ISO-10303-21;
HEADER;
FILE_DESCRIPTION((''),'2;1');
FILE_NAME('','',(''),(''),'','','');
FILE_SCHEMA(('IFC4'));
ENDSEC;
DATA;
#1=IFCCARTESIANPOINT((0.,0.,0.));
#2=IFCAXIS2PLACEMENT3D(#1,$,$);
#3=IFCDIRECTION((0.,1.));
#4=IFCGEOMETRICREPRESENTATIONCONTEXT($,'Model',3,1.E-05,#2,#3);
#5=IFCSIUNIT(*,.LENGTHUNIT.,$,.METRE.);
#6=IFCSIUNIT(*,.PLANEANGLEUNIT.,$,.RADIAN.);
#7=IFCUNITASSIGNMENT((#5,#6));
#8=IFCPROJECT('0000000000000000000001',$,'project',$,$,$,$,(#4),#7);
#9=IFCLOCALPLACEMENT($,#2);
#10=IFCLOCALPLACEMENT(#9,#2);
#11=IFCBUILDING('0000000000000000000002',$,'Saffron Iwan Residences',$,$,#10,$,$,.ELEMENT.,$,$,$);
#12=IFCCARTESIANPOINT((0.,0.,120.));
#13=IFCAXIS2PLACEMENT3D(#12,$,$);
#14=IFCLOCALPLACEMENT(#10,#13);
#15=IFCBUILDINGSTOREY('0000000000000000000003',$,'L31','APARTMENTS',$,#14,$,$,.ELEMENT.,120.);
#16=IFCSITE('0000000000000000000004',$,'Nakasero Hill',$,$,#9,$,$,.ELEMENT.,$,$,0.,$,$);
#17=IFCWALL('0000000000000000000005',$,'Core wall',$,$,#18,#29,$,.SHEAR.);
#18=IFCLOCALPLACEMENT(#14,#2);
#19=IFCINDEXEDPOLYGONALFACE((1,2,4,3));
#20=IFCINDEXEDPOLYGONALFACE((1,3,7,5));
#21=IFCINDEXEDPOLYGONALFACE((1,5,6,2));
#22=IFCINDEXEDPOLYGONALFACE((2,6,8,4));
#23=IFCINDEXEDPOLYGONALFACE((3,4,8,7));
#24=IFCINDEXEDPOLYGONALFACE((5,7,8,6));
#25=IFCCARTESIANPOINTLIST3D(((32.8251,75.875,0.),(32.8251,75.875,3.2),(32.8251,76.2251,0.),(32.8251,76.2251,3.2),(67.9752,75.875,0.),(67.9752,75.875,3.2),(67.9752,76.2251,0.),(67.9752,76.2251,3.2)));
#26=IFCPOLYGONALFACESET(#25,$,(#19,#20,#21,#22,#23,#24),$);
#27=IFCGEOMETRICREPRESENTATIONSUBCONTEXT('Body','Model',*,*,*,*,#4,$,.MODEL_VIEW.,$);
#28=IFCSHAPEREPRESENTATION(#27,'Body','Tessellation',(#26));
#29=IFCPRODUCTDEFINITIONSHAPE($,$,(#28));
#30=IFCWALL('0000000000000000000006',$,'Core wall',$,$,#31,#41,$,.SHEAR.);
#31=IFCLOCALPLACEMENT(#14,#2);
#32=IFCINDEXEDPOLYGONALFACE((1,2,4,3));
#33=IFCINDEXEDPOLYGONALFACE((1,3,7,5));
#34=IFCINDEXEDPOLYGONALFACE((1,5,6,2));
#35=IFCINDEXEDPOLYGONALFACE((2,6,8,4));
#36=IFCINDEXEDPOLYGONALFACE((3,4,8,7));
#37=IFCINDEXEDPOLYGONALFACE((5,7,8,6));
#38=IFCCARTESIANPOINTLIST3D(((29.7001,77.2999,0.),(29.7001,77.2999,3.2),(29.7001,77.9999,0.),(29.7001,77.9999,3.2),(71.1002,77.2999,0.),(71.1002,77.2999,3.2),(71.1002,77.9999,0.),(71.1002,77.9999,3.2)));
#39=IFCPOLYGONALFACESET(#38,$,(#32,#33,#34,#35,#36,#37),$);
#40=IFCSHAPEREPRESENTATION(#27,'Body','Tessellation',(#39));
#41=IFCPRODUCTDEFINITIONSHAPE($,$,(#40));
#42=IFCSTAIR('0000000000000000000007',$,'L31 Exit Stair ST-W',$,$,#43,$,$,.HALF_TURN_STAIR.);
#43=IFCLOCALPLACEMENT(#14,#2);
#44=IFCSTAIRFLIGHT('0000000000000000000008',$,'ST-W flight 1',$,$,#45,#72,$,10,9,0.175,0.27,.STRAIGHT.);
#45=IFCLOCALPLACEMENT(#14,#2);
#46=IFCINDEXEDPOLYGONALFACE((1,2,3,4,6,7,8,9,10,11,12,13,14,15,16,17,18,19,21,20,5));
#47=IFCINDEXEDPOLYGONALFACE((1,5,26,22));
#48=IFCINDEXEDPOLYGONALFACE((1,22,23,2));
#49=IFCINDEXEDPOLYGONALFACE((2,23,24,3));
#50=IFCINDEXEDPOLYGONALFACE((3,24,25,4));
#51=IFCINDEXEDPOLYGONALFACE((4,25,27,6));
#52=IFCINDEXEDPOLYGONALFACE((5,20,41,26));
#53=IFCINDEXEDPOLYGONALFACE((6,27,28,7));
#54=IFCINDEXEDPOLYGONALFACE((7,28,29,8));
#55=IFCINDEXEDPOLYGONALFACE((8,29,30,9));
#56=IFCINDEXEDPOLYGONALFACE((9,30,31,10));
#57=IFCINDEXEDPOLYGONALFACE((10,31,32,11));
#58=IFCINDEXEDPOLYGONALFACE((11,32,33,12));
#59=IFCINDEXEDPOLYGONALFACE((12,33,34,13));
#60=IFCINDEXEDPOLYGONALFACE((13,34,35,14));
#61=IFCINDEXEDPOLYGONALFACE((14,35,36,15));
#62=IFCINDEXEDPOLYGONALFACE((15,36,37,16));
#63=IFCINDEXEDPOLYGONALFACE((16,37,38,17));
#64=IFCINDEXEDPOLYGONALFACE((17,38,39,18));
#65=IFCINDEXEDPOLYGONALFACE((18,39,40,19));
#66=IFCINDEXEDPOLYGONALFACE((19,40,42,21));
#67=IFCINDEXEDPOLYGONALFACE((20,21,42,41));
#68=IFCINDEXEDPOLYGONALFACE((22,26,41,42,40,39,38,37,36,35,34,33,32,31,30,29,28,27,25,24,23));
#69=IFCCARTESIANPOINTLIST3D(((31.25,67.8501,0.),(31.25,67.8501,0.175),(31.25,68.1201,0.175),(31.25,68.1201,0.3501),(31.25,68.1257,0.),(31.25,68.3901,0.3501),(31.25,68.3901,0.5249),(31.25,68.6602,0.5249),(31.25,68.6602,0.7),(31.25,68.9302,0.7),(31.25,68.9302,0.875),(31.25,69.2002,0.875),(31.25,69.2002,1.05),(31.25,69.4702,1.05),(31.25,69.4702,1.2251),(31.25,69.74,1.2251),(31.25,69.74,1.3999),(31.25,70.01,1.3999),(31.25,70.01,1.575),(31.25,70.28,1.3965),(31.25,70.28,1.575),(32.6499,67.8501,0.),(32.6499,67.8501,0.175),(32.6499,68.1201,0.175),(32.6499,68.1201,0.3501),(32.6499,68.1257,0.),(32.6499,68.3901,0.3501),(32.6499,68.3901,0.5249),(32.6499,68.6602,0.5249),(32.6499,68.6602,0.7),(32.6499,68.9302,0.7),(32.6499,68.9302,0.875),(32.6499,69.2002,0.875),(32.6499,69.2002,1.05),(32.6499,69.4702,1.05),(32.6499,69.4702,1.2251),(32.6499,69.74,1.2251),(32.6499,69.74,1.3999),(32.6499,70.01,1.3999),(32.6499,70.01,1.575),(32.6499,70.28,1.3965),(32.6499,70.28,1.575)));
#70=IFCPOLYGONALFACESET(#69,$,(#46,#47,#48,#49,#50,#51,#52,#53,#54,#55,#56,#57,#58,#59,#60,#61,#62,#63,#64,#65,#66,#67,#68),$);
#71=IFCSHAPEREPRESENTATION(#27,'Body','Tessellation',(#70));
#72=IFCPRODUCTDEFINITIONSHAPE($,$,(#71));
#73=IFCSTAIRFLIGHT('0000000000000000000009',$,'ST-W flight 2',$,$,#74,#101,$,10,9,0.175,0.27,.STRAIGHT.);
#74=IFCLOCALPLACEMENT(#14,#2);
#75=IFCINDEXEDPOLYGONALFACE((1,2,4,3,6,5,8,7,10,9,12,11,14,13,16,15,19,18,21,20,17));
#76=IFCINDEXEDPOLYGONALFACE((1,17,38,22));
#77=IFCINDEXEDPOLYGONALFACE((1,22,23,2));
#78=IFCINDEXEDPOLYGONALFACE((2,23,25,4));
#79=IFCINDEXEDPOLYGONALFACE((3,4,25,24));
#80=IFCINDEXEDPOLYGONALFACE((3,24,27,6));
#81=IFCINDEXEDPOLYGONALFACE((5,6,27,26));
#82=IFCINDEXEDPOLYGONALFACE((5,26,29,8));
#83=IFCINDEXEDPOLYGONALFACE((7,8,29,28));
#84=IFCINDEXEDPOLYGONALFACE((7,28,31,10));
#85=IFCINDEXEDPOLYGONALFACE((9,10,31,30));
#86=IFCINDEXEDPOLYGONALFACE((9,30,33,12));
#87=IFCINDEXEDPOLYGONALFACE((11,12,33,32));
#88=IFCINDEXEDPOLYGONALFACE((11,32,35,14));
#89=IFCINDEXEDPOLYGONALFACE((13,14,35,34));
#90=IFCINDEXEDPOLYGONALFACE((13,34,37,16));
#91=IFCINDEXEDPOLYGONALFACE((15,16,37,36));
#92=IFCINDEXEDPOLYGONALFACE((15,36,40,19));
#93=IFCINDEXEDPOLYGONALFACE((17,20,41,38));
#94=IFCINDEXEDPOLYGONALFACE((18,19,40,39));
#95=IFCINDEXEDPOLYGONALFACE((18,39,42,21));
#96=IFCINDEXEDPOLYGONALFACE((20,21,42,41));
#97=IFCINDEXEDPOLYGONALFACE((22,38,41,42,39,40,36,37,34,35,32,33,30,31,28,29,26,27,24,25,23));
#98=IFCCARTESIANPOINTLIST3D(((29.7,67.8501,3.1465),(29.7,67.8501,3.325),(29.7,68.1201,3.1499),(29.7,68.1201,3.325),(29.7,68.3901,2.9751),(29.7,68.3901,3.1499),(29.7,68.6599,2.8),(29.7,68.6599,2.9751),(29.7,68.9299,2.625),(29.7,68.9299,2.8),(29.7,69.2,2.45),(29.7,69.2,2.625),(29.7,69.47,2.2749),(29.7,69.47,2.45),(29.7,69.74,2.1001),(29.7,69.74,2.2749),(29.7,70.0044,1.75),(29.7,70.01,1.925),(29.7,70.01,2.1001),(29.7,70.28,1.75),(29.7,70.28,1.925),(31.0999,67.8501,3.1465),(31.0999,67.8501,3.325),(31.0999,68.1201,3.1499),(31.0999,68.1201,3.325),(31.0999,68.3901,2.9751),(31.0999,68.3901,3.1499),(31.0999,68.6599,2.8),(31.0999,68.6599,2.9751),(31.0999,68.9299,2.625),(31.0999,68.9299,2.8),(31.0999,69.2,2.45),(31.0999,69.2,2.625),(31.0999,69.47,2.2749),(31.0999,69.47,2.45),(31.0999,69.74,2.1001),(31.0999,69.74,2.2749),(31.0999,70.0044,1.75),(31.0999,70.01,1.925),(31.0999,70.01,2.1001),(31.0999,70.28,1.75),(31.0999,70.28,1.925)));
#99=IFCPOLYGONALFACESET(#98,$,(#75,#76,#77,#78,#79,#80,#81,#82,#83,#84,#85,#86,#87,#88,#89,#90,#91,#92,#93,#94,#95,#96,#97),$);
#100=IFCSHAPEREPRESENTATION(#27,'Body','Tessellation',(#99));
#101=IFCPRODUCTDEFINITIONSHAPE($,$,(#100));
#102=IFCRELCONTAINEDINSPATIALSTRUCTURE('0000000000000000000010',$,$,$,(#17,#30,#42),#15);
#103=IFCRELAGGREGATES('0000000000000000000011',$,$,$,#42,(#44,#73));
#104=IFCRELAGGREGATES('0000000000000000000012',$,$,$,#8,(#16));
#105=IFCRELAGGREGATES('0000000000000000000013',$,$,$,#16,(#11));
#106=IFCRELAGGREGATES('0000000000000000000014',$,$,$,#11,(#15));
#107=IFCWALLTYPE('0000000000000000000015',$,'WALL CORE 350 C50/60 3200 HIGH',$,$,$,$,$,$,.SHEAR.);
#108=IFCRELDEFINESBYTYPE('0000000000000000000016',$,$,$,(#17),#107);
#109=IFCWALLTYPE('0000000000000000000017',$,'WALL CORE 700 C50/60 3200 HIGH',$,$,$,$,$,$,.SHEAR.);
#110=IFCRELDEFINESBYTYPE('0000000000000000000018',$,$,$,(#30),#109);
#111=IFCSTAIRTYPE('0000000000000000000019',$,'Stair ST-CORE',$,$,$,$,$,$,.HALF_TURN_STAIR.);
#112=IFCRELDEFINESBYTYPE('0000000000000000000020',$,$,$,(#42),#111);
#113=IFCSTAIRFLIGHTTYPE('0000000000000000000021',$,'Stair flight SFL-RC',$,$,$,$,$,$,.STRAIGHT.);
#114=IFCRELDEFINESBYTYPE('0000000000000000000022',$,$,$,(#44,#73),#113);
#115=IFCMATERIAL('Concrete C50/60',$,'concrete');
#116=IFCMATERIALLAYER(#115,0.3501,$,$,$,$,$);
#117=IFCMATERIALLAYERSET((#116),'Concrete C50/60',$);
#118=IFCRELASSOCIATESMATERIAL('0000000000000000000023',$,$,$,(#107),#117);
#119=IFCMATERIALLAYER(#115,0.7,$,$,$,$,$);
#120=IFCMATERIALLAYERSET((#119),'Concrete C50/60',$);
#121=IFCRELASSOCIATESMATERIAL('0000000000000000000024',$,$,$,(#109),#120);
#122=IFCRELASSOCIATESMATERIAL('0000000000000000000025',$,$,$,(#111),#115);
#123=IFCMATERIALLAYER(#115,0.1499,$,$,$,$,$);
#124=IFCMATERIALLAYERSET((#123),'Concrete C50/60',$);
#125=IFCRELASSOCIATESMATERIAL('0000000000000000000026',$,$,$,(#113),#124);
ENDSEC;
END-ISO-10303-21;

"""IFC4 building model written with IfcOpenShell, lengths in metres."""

from ifc_helpers import new_model, si_unit, direction, frame, frame_2d, origin, place, context, subcontext, project, spatial, polyline, rectangle, outline, extrude, material, layer, layer_set, type_object, element, aggregate, save


model = new_model("IFC4")

# Units and contexts
model_context = context("Model", 3, precision=1e-05, world=origin(), true_north=direction((0.0, 1.0)))
body_context = subcontext(model_context, "Body", "Model", "MODEL_VIEW")
ifc_project = project(units=[si_unit("LENGTHUNIT", "METRE"), si_unit("PLANEANGLEUNIT", "RADIAN")], contexts=[model_context])

# Site, building, storey
site_placement = place(None, origin())
site = spatial("IfcSite", under=ifc_project, at=site_placement, Name="Nakasero Hill", CompositionType="ELEMENT", RefElevation=0.0)
building_placement = place(site_placement, origin())
building = spatial("IfcBuilding", under=site, at=building_placement, Name="Saffron Iwan Residences", CompositionType="ELEMENT")
storey_placement = place(building_placement, frame((0.0, 0.0, 120.0)))
storey = spatial("IfcBuildingStorey", under=building, at=storey_placement, Name="L31", Description="APARTMENTS", CompositionType="ELEMENT", Elevation=120.0)

# Shared definitions
ifc_material_1 = material(Name="Concrete C50/60", Category="concrete")
ifc_layer_1 = layer(ifc_material_1, 0.3501)
ifc_layer_set_1 = layer_set([ifc_layer_1], Name="Concrete C50/60")
wall_type_1 = type_object("IfcWallType", Name="WALL CORE 350 C50/60 3200 HIGH", PredefinedType="SHEAR", material=ifc_layer_set_1)

# Walls
wall_1_placement = place(storey_placement, frame((32.825, 76.05, 0.0), z_axis=(0.0, 0.0, 1.0), x_axis=(1.0, 0.0, 0.0)))
element("IfcWall", 1, at=wall_1_placement, inside=storey, type_object=wall_type_1, Name="Core wall", PredefinedType="SHEAR", context=body_context, shape_type="SweptSolid", body=[
    extrude(rectangle(XDim=35.1501, YDim=0.3501, at=frame_2d((17.5752, 0.0))), origin(), (0.0, 0.0, 1.0), 3.2),
])
ifc_layer_2 = layer(ifc_material_1, 0.7)
ifc_layer_set_2 = layer_set([ifc_layer_2], Name="Concrete C50/60")
wall_type_2 = type_object("IfcWallType", Name="WALL CORE 700 C50/60 3200 HIGH", PredefinedType="SHEAR", material=ifc_layer_set_2)
wall_2_placement = place(storey_placement, frame((29.7, 77.6499, 0.0), z_axis=(0.0, 0.0, 1.0), x_axis=(1.0, 0.0, 0.0)))
element("IfcWall", 2, at=wall_2_placement, inside=storey, type_object=wall_type_2, Name="Core wall", PredefinedType="SHEAR", context=body_context, shape_type="SweptSolid", body=[
    extrude(rectangle(XDim=41.4001, YDim=0.7, at=frame_2d((20.7002, 0.0))), origin(), (0.0, 0.0, 1.0), 3.2),
])

# Stair, stair flights
stair_type = type_object("IfcStairType", Name="Stair ST-CORE", PredefinedType="HALF_TURN_STAIR", material=ifc_material_1)
stair_placement = place(storey_placement, origin())
stair = element("IfcStair", 3, at=stair_placement, inside=storey, type_object=stair_type, Name="L31 Exit Stair ST-W", PredefinedType="HALF_TURN_STAIR")
ifc_layer_3 = layer(ifc_material_1, 0.1499)
ifc_layer_set_3 = layer_set([ifc_layer_3], Name="Concrete C50/60")
stair_flight_type = type_object("IfcStairFlightType", Name="Stair flight SFL-RC", PredefinedType="STRAIGHT", material=ifc_layer_set_3)
stair_flight_1_placement = place(storey_placement, frame((31.95, 67.8501, 0.0), z_axis=(0.0, 0.0, 1.0), x_axis=(0.0, 1.0, 0.0)))
stair_flight_1 = element("IfcStairFlight", 4, at=stair_flight_1_placement, type_object=stair_flight_type, Name="ST-W flight 1", NumberOfRisers=10, NumberOfTreads=9, PredefinedType="STRAIGHT", RiserHeight=0.175, TreadLength=0.27, context=body_context, shape_type="SweptSolid", body=[
    extrude(outline(polyline([(0.0, 0.0), (0.0, 0.175), (0.27, 0.175), (0.27, 0.3501), (0.54, 0.3501), (0.54, 0.5249), (0.8101, 0.5249), (0.8101, 0.7), (1.0801, 0.7), (1.0801, 0.875), (1.3501, 0.875), (1.3501, 1.05), (1.6201, 1.05), (1.6201, 1.2251), (1.8899, 1.2251), (1.8899, 1.3999), (2.1599, 1.3999), (2.1599, 1.575), (2.4299, 1.575), (2.4299, 1.75), (2.4299, 1.3965), (0.2756, 0.0), (0.0, 0.0)])), frame((0.0, 0.7, 0.0), z_axis=(0.0, -1.0, 0.0), x_axis=(1.0, 0.0, 0.0)), (0.0, 0.0, 1.0), 1.3999),
])
stair_flight_2_placement = place(storey_placement, frame((30.3999, 70.28, 1.75), z_axis=(0.0, 0.0, 1.0), x_axis=(0.0, -1.0, 0.0)))
stair_flight_2 = element("IfcStairFlight", 5, at=stair_flight_2_placement, type_object=stair_flight_type, Name="ST-W flight 2", NumberOfRisers=10, NumberOfTreads=9, PredefinedType="STRAIGHT", RiserHeight=0.175, TreadLength=0.27, context=body_context, shape_type="SweptSolid", body=[
    extrude(outline(polyline([(0.0, 0.0), (0.0, 0.175), (0.27, 0.175), (0.27, 0.3501), (0.54, 0.3501), (0.54, 0.5249), (0.8101, 0.5249), (0.8101, 0.7), (1.0801, 0.7), (1.0801, 0.875), (1.3501, 0.875), (1.3501, 1.05), (1.6201, 1.05), (1.6201, 1.2251), (1.8899, 1.2251), (1.8899, 1.3999), (2.1599, 1.3999), (2.1599, 1.575), (2.4299, 1.575), (2.4299, 1.75), (2.4299, 1.3965), (0.2756, 0.0), (0.0, 0.0)])), frame((0.0, 0.7, 0.0), z_axis=(0.0, -1.0, 0.0), x_axis=(1.0, 0.0, 0.0)), (0.0, 0.0, 1.0), 1.3999),
])
aggregate(stair, [stair_flight_1, stair_flight_2])

save(model, "model.ifc")
